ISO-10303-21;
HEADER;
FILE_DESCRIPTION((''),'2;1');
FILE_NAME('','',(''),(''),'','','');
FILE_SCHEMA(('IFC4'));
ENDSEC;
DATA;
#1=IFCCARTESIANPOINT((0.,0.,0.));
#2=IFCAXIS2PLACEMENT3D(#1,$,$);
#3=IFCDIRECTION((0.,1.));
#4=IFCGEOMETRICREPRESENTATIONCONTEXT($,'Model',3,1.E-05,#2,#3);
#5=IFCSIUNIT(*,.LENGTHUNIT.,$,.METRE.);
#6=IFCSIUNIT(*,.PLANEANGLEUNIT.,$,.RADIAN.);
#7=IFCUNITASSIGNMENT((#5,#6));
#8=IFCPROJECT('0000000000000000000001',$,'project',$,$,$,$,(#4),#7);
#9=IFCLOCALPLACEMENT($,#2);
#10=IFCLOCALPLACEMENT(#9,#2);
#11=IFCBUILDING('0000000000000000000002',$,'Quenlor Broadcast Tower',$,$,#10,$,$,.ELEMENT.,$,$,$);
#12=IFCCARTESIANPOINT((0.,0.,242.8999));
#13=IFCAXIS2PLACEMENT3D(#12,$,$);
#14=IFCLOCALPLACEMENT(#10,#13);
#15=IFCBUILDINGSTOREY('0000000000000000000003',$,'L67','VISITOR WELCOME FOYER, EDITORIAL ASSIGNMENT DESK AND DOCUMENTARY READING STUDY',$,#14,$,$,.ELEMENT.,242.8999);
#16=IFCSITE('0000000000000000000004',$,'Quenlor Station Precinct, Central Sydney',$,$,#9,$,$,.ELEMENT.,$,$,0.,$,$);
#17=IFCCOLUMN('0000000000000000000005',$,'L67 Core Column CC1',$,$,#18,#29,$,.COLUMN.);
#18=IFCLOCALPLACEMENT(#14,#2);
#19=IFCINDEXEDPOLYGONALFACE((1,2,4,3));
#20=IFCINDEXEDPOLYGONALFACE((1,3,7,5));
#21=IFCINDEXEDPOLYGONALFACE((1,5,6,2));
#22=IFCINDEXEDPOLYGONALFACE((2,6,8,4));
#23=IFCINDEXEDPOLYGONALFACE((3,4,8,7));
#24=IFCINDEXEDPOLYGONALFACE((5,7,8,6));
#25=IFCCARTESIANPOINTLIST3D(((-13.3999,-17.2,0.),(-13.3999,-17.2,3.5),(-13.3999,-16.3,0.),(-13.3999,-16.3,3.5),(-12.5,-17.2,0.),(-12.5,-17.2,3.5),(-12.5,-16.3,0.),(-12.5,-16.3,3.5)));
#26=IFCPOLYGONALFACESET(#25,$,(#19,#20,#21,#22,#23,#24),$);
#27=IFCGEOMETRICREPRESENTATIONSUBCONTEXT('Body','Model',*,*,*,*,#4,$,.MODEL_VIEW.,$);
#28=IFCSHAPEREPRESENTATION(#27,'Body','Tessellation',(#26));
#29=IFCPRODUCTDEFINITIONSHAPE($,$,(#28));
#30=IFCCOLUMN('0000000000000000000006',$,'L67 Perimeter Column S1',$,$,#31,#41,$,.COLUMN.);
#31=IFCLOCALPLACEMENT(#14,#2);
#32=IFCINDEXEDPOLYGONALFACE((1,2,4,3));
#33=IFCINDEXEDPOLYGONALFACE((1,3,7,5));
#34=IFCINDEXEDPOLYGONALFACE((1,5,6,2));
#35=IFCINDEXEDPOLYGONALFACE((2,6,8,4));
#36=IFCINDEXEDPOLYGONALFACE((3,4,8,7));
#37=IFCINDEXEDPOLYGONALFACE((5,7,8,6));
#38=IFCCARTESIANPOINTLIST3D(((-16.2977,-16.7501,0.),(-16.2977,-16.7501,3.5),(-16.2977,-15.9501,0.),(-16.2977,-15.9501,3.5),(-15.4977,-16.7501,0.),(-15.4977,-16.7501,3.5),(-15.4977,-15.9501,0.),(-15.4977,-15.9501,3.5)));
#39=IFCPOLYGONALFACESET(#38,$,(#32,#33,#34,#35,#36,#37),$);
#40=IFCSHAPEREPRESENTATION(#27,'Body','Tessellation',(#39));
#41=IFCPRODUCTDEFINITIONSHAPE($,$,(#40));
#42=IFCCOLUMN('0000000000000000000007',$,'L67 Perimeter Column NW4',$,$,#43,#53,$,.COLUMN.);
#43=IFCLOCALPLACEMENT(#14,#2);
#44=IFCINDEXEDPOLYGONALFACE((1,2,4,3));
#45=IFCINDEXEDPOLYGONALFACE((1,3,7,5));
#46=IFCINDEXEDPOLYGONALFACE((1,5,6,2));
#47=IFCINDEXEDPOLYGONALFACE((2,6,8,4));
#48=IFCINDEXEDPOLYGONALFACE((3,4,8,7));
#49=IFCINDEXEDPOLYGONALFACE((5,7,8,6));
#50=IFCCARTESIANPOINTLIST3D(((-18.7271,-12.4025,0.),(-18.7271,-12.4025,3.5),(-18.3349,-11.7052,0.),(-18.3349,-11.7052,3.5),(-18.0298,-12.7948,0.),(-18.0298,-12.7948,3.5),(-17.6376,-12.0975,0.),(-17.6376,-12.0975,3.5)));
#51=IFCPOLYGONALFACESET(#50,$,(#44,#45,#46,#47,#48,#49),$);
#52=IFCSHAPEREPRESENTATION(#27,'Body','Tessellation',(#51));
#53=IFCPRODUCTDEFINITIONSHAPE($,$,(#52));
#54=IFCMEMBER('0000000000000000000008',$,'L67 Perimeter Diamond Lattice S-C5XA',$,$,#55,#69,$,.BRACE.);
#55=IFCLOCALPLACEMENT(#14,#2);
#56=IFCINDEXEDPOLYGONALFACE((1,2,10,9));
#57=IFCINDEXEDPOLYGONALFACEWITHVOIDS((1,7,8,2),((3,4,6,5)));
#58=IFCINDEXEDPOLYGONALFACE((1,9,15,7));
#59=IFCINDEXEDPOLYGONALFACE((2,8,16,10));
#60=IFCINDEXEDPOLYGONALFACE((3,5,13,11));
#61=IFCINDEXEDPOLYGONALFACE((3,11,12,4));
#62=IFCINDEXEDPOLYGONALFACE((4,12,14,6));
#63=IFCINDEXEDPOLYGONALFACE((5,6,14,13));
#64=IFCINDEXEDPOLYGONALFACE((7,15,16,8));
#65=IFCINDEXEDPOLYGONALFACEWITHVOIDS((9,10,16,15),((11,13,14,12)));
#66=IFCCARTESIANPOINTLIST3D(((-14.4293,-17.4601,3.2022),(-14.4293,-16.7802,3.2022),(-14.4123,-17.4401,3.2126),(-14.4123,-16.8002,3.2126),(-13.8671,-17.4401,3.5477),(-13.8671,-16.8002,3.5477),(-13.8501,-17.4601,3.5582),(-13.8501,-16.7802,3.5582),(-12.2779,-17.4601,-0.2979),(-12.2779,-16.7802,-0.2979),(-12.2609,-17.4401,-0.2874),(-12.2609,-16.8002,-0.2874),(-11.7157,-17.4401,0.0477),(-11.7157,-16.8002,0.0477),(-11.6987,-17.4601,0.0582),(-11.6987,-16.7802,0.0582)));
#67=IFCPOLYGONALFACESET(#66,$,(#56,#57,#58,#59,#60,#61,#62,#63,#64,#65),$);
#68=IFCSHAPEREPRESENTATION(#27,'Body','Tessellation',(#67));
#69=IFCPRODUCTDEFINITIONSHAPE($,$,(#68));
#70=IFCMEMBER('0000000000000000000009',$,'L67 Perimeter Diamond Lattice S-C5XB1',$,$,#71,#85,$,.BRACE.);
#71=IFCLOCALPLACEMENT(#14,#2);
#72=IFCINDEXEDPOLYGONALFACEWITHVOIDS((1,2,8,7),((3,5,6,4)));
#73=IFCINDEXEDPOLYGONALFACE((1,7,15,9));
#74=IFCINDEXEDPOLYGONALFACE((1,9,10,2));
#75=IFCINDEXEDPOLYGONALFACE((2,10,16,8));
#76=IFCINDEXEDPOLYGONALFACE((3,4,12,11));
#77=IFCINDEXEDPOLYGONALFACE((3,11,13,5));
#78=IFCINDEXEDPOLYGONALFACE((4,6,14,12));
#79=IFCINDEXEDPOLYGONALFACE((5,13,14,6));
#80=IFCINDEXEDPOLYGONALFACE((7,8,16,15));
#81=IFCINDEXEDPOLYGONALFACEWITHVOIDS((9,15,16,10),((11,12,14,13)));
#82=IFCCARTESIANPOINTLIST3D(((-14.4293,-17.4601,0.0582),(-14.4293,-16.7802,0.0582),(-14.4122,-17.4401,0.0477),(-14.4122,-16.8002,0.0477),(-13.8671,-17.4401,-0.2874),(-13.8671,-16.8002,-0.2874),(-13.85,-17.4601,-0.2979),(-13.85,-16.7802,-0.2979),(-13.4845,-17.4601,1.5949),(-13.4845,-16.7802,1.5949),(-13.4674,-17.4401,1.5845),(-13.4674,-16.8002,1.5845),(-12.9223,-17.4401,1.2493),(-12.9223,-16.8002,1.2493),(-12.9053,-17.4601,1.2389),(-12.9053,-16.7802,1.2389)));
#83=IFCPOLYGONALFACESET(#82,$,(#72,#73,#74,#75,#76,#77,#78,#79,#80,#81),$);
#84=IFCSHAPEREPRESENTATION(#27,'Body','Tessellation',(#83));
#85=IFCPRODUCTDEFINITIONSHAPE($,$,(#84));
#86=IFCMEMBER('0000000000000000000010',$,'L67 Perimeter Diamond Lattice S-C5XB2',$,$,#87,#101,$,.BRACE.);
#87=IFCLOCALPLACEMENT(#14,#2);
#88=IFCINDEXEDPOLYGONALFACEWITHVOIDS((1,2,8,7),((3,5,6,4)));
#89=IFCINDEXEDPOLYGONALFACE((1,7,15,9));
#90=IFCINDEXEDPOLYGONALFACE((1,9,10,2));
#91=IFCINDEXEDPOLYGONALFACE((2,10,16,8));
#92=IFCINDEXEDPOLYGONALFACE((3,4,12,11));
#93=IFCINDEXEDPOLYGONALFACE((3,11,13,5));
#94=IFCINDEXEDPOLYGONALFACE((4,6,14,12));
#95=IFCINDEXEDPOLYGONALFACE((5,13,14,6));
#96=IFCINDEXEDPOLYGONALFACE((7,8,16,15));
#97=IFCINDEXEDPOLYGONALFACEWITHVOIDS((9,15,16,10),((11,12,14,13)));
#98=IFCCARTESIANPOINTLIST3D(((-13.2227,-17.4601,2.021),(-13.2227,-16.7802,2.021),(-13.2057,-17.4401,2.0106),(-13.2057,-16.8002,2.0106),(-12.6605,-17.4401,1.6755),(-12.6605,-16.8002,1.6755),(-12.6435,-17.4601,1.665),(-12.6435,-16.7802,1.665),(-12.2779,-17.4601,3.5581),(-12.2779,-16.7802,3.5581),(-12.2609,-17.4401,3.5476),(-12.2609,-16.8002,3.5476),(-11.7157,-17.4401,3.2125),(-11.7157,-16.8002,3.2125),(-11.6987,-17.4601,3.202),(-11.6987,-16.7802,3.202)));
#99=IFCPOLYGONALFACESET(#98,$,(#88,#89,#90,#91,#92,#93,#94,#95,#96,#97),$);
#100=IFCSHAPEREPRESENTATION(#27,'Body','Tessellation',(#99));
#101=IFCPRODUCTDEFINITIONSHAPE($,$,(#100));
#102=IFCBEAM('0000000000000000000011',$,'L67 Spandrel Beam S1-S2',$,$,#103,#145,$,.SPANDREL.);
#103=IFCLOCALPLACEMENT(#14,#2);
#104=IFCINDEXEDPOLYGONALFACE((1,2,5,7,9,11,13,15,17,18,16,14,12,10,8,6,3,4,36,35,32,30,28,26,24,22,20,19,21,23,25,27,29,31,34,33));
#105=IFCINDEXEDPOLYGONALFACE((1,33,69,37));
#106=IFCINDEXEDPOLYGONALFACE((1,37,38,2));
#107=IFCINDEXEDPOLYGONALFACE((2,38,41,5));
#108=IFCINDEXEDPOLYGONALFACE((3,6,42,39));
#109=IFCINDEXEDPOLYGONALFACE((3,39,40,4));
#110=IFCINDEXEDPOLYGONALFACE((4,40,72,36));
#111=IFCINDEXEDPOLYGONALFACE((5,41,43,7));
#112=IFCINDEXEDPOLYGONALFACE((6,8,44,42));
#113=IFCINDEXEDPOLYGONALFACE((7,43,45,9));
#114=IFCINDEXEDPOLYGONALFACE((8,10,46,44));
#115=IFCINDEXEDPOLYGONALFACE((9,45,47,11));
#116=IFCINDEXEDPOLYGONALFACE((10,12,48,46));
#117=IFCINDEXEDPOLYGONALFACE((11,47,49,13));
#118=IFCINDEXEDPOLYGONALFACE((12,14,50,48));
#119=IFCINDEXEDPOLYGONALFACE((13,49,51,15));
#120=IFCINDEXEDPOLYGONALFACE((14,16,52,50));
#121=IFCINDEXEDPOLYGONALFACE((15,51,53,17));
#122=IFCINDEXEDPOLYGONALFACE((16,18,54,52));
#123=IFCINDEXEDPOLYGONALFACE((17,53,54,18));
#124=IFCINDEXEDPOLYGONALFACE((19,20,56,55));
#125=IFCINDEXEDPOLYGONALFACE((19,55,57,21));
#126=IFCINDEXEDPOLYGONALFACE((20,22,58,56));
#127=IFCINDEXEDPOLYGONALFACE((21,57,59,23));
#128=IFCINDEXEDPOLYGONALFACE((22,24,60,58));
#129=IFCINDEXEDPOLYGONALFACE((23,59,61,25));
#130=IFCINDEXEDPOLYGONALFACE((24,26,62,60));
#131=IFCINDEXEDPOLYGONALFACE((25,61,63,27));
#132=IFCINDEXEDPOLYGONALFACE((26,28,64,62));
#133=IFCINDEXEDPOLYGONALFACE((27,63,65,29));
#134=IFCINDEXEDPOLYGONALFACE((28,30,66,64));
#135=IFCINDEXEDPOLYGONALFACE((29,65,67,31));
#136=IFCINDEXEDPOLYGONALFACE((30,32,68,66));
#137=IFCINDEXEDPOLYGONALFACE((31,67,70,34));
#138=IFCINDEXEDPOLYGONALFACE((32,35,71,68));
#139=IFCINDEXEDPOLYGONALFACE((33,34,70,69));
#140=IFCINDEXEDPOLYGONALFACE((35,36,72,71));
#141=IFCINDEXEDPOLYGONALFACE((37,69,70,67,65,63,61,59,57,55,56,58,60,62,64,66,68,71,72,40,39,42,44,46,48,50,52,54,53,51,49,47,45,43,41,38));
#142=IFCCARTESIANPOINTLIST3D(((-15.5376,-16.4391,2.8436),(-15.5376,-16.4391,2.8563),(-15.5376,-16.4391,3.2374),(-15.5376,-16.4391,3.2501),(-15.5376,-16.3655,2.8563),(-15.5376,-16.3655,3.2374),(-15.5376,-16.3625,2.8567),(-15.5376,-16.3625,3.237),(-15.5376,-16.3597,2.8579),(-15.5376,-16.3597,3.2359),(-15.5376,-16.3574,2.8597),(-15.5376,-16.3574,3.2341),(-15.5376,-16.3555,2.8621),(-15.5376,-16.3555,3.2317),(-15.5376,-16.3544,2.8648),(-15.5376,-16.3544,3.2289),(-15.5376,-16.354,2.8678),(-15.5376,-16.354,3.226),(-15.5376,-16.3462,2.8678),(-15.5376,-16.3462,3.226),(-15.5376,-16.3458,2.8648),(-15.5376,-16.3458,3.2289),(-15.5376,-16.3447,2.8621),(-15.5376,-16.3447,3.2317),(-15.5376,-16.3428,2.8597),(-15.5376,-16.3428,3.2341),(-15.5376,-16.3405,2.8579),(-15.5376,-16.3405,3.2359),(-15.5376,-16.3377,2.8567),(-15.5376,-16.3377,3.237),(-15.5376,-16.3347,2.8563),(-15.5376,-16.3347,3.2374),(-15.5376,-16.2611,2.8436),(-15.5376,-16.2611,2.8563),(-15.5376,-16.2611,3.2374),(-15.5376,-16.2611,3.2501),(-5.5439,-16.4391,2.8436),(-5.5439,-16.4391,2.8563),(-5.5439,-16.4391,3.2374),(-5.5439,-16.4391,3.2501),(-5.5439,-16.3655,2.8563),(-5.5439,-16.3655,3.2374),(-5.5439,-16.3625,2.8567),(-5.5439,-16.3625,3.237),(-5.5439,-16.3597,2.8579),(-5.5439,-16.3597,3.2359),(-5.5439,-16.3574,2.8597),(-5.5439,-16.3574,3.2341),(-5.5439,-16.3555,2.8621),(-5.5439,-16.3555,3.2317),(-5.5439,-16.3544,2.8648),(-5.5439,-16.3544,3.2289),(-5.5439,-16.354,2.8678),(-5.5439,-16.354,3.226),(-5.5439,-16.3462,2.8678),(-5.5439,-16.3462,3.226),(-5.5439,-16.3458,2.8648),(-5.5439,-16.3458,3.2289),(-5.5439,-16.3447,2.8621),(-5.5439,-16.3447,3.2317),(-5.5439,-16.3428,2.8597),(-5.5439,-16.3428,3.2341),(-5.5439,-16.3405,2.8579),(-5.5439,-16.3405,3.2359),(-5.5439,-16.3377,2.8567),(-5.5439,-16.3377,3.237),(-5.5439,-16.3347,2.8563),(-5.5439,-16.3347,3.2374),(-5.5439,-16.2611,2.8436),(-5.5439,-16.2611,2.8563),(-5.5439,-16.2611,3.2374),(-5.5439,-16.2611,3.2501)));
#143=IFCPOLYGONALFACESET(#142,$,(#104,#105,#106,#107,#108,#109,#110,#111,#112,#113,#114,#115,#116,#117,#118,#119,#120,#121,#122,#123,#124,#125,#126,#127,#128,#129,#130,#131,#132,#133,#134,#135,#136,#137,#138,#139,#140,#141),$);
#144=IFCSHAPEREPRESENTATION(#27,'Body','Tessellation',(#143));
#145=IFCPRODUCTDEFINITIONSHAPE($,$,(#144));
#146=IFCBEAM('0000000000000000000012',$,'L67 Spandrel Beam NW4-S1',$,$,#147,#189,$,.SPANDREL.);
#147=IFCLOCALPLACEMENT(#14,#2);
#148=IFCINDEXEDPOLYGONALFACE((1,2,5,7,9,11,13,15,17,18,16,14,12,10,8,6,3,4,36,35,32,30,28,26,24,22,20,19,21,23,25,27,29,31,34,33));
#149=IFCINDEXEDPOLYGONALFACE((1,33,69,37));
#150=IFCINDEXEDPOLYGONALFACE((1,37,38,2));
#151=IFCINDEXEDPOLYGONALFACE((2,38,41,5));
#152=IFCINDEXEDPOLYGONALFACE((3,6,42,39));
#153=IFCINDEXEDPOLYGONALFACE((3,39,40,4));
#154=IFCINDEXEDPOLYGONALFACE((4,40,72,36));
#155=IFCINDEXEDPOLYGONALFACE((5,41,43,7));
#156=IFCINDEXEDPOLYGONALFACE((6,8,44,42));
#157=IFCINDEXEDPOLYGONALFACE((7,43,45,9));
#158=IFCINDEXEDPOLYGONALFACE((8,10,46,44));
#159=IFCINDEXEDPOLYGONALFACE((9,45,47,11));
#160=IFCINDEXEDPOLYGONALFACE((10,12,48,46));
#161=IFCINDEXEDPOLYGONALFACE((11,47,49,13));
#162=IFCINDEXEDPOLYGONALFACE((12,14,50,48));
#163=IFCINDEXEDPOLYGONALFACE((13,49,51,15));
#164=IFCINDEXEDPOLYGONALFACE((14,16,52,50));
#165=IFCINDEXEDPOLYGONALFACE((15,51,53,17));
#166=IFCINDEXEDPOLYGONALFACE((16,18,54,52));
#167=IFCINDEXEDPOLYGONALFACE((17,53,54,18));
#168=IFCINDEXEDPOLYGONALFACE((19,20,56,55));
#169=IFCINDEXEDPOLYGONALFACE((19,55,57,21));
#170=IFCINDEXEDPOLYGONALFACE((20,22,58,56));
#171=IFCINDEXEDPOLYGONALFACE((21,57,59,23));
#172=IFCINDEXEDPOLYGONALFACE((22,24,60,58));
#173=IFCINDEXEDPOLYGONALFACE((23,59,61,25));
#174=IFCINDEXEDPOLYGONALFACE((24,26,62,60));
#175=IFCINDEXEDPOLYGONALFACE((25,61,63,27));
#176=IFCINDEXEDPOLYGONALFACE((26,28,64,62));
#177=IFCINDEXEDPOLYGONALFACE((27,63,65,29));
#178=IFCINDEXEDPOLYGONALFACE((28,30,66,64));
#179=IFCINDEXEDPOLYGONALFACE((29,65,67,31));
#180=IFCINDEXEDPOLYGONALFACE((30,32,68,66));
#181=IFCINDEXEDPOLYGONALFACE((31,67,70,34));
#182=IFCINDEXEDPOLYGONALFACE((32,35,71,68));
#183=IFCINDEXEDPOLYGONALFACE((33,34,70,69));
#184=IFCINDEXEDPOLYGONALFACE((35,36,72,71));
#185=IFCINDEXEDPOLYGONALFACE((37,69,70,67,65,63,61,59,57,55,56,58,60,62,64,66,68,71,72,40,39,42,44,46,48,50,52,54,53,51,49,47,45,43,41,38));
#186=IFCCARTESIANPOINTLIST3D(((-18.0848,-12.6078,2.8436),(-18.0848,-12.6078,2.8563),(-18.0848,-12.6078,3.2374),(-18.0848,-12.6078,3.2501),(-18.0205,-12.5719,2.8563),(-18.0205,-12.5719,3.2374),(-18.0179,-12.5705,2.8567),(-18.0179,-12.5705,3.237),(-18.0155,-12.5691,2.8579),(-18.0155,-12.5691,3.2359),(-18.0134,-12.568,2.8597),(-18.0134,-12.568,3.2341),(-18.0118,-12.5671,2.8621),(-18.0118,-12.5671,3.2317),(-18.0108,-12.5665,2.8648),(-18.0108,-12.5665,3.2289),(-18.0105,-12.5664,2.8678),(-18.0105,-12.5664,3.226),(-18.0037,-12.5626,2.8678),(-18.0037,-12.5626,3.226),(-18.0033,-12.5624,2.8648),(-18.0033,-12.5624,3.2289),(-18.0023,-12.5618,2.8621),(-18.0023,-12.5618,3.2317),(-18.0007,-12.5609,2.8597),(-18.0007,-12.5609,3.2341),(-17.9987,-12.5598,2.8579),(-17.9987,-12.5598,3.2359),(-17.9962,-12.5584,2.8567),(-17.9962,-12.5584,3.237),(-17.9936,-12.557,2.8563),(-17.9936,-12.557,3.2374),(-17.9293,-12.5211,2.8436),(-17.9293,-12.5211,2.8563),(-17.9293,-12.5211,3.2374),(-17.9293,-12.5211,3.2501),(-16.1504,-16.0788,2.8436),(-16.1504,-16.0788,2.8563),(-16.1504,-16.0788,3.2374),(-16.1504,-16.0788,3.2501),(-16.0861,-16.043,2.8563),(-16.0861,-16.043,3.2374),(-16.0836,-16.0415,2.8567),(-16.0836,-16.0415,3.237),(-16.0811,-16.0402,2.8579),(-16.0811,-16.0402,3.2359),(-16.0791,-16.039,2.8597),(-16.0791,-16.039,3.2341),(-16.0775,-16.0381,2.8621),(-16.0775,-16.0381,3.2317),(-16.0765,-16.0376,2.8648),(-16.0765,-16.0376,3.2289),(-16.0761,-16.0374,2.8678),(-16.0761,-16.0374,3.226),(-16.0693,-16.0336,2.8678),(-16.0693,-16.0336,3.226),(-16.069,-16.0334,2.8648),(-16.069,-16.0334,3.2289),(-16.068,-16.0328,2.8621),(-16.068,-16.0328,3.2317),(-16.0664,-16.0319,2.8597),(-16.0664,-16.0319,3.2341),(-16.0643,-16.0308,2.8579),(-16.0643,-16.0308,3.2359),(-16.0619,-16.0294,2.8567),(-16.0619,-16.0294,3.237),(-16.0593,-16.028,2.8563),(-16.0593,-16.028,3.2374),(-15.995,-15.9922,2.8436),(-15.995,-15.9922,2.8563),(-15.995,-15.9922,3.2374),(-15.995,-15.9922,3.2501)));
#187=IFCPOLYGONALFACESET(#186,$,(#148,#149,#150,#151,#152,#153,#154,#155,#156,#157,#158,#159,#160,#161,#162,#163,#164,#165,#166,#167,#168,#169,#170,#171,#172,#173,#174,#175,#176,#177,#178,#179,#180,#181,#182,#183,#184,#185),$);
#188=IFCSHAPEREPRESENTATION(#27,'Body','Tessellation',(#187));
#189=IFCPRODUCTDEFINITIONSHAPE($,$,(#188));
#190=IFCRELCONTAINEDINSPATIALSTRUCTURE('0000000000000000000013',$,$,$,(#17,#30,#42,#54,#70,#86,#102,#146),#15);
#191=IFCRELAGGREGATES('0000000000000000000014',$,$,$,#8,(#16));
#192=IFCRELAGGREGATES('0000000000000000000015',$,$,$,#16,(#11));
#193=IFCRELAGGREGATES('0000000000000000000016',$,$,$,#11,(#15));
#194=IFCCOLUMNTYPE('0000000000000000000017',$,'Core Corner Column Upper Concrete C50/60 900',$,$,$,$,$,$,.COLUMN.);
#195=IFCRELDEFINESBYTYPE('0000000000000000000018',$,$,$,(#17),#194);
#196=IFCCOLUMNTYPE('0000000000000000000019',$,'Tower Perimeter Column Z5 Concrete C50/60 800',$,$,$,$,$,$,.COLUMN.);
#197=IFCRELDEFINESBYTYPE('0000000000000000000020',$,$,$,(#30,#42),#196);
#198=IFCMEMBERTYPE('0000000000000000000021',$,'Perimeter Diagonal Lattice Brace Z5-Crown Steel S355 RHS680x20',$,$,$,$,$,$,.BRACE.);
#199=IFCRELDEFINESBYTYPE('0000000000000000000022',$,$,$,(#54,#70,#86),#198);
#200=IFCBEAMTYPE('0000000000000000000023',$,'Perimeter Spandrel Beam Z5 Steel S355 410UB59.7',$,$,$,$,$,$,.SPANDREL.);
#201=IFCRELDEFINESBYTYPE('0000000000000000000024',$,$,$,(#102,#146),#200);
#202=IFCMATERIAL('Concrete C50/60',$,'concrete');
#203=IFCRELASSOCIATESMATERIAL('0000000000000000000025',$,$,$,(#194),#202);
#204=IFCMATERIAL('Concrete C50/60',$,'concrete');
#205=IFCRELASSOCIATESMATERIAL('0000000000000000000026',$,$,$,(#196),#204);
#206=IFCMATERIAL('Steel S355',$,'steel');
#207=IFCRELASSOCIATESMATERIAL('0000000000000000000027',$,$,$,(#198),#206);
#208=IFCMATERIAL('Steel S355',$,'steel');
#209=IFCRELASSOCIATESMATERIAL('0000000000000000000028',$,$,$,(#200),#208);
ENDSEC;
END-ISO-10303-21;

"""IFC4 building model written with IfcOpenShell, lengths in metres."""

from ifc_helpers import new_model, si_unit, direction, frame, origin, origin_2d, place, context, subcontext, project, spatial, rectangle, hollow_rectangle, i_section, extrude, material, material_profile, profile_set, type_object, element, save


model = new_model("IFC4")

# Units and contexts
model_context = context("Model", 3, precision=1e-05, world=origin(), true_north=direction((0.0, 1.0)))
body_context = subcontext(model_context, "Body", "Model", "MODEL_VIEW")
ifc_project = project(units=[si_unit("LENGTHUNIT", "METRE"), si_unit("PLANEANGLEUNIT", "RADIAN")], contexts=[model_context])

# Site, building, storey
site_placement = place(None, origin())
site = spatial("IfcSite", under=ifc_project, at=site_placement, Name="Quenlor Station Precinct, Central Sydney", CompositionType="ELEMENT", RefElevation=0.0)
building_placement = place(site_placement, origin())
building = spatial("IfcBuilding", under=site, at=building_placement, Name="Quenlor Broadcast Tower", CompositionType="ELEMENT")
storey_placement = place(building_placement, frame((0.0, 0.0, 242.8999)))
storey = spatial("IfcBuildingStorey", under=building, at=storey_placement, Name="L67", Description="VISITOR WELCOME FOYER, EDITORIAL ASSIGNMENT DESK AND DOCUMENTARY READING STUDY", CompositionType="ELEMENT", Elevation=242.8999)

# Columns
ifc_material_1 = material(Name="Concrete C50/60", Category="concrete")
ifc_material_profile_1 = material_profile(ifc_material_1, rectangle(XDim=0.8999, YDim=0.8999, at=origin_2d()))
ifc_profile_set_1 = profile_set([ifc_material_profile_1], Name="Concrete C50/60 RC900x900")
column_type_1 = type_object("IfcColumnType", Name="Core Corner Column Upper Concrete C50/60 900", PredefinedType="COLUMN", material=ifc_profile_set_1)
column_placement = place(storey_placement, frame((-12.95, -16.75, 0.0), z_axis=(0.0, 0.0, 1.0), x_axis=(1.0, 0.0, 0.0)))
element("IfcColumn", 1, at=column_placement, inside=storey, type_object=column_type_1, Name="L67 Core Column CC1", PredefinedType="COLUMN", context=body_context, shape_type="SweptSolid", body=[
    extrude(rectangle(XDim=0.8999, YDim=0.8999, at=origin_2d()), origin(), (0.0, 0.0, 1.0), 3.5),
])
ifc_material_2 = material(Name="Concrete C50/60", Category="concrete")
ifc_material_profile_2 = material_profile(ifc_material_2, rectangle(XDim=0.8, YDim=0.8, at=origin_2d()))
ifc_profile_set_2 = profile_set([ifc_material_profile_2], Name="Concrete C50/60 RC800x800")
column_type_2 = type_object("IfcColumnType", Name="Tower Perimeter Column Z5 Concrete C50/60 800", PredefinedType="COLUMN", material=ifc_profile_set_2)
for number, where, z_axis, x_axis, name in (
    (2, (-15.8977, -16.3501, 0.0), (0.0, 0.0, 1.0), (0.0, 1.0, 0.0), "L67 Perimeter Column S1"),
    (3, (-18.1824, -12.25, 0.0), (0.0, 0.0, 1.0), (-0.871575, 0.490262, 0.0), "L67 Perimeter Column NW4"),
):
    element("IfcColumn", number, at=place(storey_placement, frame(where, z_axis=z_axis, x_axis=x_axis)), inside=storey, type_object=column_type_2, Name=name, PredefinedType="COLUMN", context=body_context, shape_type="SweptSolid", body=[
        extrude(rectangle(XDim=0.8, YDim=0.8, at=origin_2d()), origin(), (0.0, 0.0, 1.0), 3.5),
    ])

# Members
ifc_material_3 = material(Name="Steel S355", Category="steel")
ifc_material_profile_3 = material_profile(ifc_material_3, hollow_rectangle(XDim=0.6799, YDim=0.6799, WallThickness=0.02, at=origin_2d()))
ifc_profile_set_3 = profile_set([ifc_material_profile_3], Name="Steel S355 RHS680x680x20")
member_type = type_object("IfcMemberType", Name="Perimeter Diagonal Lattice Brace Z5-Crown Steel S355 RHS680x20", PredefinedType="BRACE", material=ifc_profile_set_3)
member_1_placement = place(storey_placement, frame((-11.9883, -17.1201, -0.1199), z_axis=(-0.52366, 0.0, 0.851928), x_axis=(0.0, -1.0, 0.0)))
element("IfcMember", 4, at=member_1_placement, inside=storey, type_object=member_type, Name="L67 Perimeter Diamond Lattice S-C5XA", PredefinedType="BRACE", context=body_context, shape_type="SweptSolid", body=[
    extrude(hollow_rectangle(XDim=0.6799, YDim=0.6799, WallThickness=0.02, at=origin_2d()), origin(), (0.0, 0.0, 1.0), 4.1084),
])
member_2_placement = place(storey_placement, frame((-14.1396, -17.1201, -0.1199), z_axis=(0.52372, 0.0, 0.851891), x_axis=(0.0, 1.0, 0.0)))
element("IfcMember", 5, at=member_2_placement, inside=storey, type_object=member_type, Name="L67 Perimeter Diamond Lattice S-C5XB1", PredefinedType="BRACE", context=body_context, shape_type="SweptSolid", body=[
    extrude(hollow_rectangle(XDim=0.6799, YDim=0.6799, WallThickness=0.02, at=origin_2d()), origin(), (0.0, 0.0, 1.0), 1.804),
])
member_3_placement = place(storey_placement, frame((-12.9331, -17.1201, 1.843), z_axis=(0.523659, 0.0, 0.851928), x_axis=(0.0, 1.0, 0.0)))
element("IfcMember", 6, at=member_3_placement, inside=storey, type_object=member_type, Name="L67 Perimeter Diamond Lattice S-C5XB2", PredefinedType="BRACE", context=body_context, shape_type="SweptSolid", body=[
    extrude(hollow_rectangle(XDim=0.6799, YDim=0.6799, WallThickness=0.02, at=origin_2d()), origin(), (0.0, 0.0, 1.0), 1.8042),
])

# Beams
ifc_material_4 = material(Name="Steel S355", Category="steel")
ifc_material_profile_4 = material_profile(ifc_material_4, i_section(OverallWidth=0.178, OverallDepth=0.4065, WebThickness=0.0078, FlangeThickness=0.0127, FilletRadius=0.0115, at=origin_2d()))
ifc_profile_set_4 = profile_set([ifc_material_profile_4], Name="Steel S355 410UB59.7")
beam_type_1 = type_object("IfcBeamType", Name="Perimeter Spandrel Beam Z5 Steel S355 410UB59.7", PredefinedType="SPANDREL", material=ifc_profile_set_4)
beam_1_placement = place(storey_placement, frame((-15.5376, -16.3501, 3.0469), z_axis=(1.0, 0.0, 0.0), x_axis=(0.0, 1.0, 0.0)))
element("IfcBeam", 7, at=beam_1_placement, inside=storey, type_object=beam_type_1, Name="L67 Spandrel Beam S1-S2", PredefinedType="SPANDREL", context=body_context, shape_type="SweptSolid", body=[
    extrude(i_section(OverallWidth=0.178, OverallDepth=0.4065, WebThickness=0.0078, FlangeThickness=0.0127, FilletRadius=0.0115, at=origin_2d()), origin(), (0.0, 0.0, 1.0), 9.9937),
])
beam_2_placement = place(storey_placement, frame((-18.0071, -12.5645, 3.0469), z_axis=(0.486801, -0.873513, 0.0), x_axis=(0.873513, 0.486801, 0.0)))
element("IfcBeam", 8, at=beam_2_placement, inside=storey, type_object=beam_type_1, Name="L67 Spandrel Beam NW4-S1", PredefinedType="SPANDREL", context=body_context, shape_type="SweptSolid", body=[
    extrude(i_section(OverallWidth=0.178, OverallDepth=0.4065, WebThickness=0.0078, FlangeThickness=0.0127, FilletRadius=0.0115, at=origin_2d()), origin(), (0.0, 0.0, 1.0), 3.9736),
])

save(model, "model.ifc")
